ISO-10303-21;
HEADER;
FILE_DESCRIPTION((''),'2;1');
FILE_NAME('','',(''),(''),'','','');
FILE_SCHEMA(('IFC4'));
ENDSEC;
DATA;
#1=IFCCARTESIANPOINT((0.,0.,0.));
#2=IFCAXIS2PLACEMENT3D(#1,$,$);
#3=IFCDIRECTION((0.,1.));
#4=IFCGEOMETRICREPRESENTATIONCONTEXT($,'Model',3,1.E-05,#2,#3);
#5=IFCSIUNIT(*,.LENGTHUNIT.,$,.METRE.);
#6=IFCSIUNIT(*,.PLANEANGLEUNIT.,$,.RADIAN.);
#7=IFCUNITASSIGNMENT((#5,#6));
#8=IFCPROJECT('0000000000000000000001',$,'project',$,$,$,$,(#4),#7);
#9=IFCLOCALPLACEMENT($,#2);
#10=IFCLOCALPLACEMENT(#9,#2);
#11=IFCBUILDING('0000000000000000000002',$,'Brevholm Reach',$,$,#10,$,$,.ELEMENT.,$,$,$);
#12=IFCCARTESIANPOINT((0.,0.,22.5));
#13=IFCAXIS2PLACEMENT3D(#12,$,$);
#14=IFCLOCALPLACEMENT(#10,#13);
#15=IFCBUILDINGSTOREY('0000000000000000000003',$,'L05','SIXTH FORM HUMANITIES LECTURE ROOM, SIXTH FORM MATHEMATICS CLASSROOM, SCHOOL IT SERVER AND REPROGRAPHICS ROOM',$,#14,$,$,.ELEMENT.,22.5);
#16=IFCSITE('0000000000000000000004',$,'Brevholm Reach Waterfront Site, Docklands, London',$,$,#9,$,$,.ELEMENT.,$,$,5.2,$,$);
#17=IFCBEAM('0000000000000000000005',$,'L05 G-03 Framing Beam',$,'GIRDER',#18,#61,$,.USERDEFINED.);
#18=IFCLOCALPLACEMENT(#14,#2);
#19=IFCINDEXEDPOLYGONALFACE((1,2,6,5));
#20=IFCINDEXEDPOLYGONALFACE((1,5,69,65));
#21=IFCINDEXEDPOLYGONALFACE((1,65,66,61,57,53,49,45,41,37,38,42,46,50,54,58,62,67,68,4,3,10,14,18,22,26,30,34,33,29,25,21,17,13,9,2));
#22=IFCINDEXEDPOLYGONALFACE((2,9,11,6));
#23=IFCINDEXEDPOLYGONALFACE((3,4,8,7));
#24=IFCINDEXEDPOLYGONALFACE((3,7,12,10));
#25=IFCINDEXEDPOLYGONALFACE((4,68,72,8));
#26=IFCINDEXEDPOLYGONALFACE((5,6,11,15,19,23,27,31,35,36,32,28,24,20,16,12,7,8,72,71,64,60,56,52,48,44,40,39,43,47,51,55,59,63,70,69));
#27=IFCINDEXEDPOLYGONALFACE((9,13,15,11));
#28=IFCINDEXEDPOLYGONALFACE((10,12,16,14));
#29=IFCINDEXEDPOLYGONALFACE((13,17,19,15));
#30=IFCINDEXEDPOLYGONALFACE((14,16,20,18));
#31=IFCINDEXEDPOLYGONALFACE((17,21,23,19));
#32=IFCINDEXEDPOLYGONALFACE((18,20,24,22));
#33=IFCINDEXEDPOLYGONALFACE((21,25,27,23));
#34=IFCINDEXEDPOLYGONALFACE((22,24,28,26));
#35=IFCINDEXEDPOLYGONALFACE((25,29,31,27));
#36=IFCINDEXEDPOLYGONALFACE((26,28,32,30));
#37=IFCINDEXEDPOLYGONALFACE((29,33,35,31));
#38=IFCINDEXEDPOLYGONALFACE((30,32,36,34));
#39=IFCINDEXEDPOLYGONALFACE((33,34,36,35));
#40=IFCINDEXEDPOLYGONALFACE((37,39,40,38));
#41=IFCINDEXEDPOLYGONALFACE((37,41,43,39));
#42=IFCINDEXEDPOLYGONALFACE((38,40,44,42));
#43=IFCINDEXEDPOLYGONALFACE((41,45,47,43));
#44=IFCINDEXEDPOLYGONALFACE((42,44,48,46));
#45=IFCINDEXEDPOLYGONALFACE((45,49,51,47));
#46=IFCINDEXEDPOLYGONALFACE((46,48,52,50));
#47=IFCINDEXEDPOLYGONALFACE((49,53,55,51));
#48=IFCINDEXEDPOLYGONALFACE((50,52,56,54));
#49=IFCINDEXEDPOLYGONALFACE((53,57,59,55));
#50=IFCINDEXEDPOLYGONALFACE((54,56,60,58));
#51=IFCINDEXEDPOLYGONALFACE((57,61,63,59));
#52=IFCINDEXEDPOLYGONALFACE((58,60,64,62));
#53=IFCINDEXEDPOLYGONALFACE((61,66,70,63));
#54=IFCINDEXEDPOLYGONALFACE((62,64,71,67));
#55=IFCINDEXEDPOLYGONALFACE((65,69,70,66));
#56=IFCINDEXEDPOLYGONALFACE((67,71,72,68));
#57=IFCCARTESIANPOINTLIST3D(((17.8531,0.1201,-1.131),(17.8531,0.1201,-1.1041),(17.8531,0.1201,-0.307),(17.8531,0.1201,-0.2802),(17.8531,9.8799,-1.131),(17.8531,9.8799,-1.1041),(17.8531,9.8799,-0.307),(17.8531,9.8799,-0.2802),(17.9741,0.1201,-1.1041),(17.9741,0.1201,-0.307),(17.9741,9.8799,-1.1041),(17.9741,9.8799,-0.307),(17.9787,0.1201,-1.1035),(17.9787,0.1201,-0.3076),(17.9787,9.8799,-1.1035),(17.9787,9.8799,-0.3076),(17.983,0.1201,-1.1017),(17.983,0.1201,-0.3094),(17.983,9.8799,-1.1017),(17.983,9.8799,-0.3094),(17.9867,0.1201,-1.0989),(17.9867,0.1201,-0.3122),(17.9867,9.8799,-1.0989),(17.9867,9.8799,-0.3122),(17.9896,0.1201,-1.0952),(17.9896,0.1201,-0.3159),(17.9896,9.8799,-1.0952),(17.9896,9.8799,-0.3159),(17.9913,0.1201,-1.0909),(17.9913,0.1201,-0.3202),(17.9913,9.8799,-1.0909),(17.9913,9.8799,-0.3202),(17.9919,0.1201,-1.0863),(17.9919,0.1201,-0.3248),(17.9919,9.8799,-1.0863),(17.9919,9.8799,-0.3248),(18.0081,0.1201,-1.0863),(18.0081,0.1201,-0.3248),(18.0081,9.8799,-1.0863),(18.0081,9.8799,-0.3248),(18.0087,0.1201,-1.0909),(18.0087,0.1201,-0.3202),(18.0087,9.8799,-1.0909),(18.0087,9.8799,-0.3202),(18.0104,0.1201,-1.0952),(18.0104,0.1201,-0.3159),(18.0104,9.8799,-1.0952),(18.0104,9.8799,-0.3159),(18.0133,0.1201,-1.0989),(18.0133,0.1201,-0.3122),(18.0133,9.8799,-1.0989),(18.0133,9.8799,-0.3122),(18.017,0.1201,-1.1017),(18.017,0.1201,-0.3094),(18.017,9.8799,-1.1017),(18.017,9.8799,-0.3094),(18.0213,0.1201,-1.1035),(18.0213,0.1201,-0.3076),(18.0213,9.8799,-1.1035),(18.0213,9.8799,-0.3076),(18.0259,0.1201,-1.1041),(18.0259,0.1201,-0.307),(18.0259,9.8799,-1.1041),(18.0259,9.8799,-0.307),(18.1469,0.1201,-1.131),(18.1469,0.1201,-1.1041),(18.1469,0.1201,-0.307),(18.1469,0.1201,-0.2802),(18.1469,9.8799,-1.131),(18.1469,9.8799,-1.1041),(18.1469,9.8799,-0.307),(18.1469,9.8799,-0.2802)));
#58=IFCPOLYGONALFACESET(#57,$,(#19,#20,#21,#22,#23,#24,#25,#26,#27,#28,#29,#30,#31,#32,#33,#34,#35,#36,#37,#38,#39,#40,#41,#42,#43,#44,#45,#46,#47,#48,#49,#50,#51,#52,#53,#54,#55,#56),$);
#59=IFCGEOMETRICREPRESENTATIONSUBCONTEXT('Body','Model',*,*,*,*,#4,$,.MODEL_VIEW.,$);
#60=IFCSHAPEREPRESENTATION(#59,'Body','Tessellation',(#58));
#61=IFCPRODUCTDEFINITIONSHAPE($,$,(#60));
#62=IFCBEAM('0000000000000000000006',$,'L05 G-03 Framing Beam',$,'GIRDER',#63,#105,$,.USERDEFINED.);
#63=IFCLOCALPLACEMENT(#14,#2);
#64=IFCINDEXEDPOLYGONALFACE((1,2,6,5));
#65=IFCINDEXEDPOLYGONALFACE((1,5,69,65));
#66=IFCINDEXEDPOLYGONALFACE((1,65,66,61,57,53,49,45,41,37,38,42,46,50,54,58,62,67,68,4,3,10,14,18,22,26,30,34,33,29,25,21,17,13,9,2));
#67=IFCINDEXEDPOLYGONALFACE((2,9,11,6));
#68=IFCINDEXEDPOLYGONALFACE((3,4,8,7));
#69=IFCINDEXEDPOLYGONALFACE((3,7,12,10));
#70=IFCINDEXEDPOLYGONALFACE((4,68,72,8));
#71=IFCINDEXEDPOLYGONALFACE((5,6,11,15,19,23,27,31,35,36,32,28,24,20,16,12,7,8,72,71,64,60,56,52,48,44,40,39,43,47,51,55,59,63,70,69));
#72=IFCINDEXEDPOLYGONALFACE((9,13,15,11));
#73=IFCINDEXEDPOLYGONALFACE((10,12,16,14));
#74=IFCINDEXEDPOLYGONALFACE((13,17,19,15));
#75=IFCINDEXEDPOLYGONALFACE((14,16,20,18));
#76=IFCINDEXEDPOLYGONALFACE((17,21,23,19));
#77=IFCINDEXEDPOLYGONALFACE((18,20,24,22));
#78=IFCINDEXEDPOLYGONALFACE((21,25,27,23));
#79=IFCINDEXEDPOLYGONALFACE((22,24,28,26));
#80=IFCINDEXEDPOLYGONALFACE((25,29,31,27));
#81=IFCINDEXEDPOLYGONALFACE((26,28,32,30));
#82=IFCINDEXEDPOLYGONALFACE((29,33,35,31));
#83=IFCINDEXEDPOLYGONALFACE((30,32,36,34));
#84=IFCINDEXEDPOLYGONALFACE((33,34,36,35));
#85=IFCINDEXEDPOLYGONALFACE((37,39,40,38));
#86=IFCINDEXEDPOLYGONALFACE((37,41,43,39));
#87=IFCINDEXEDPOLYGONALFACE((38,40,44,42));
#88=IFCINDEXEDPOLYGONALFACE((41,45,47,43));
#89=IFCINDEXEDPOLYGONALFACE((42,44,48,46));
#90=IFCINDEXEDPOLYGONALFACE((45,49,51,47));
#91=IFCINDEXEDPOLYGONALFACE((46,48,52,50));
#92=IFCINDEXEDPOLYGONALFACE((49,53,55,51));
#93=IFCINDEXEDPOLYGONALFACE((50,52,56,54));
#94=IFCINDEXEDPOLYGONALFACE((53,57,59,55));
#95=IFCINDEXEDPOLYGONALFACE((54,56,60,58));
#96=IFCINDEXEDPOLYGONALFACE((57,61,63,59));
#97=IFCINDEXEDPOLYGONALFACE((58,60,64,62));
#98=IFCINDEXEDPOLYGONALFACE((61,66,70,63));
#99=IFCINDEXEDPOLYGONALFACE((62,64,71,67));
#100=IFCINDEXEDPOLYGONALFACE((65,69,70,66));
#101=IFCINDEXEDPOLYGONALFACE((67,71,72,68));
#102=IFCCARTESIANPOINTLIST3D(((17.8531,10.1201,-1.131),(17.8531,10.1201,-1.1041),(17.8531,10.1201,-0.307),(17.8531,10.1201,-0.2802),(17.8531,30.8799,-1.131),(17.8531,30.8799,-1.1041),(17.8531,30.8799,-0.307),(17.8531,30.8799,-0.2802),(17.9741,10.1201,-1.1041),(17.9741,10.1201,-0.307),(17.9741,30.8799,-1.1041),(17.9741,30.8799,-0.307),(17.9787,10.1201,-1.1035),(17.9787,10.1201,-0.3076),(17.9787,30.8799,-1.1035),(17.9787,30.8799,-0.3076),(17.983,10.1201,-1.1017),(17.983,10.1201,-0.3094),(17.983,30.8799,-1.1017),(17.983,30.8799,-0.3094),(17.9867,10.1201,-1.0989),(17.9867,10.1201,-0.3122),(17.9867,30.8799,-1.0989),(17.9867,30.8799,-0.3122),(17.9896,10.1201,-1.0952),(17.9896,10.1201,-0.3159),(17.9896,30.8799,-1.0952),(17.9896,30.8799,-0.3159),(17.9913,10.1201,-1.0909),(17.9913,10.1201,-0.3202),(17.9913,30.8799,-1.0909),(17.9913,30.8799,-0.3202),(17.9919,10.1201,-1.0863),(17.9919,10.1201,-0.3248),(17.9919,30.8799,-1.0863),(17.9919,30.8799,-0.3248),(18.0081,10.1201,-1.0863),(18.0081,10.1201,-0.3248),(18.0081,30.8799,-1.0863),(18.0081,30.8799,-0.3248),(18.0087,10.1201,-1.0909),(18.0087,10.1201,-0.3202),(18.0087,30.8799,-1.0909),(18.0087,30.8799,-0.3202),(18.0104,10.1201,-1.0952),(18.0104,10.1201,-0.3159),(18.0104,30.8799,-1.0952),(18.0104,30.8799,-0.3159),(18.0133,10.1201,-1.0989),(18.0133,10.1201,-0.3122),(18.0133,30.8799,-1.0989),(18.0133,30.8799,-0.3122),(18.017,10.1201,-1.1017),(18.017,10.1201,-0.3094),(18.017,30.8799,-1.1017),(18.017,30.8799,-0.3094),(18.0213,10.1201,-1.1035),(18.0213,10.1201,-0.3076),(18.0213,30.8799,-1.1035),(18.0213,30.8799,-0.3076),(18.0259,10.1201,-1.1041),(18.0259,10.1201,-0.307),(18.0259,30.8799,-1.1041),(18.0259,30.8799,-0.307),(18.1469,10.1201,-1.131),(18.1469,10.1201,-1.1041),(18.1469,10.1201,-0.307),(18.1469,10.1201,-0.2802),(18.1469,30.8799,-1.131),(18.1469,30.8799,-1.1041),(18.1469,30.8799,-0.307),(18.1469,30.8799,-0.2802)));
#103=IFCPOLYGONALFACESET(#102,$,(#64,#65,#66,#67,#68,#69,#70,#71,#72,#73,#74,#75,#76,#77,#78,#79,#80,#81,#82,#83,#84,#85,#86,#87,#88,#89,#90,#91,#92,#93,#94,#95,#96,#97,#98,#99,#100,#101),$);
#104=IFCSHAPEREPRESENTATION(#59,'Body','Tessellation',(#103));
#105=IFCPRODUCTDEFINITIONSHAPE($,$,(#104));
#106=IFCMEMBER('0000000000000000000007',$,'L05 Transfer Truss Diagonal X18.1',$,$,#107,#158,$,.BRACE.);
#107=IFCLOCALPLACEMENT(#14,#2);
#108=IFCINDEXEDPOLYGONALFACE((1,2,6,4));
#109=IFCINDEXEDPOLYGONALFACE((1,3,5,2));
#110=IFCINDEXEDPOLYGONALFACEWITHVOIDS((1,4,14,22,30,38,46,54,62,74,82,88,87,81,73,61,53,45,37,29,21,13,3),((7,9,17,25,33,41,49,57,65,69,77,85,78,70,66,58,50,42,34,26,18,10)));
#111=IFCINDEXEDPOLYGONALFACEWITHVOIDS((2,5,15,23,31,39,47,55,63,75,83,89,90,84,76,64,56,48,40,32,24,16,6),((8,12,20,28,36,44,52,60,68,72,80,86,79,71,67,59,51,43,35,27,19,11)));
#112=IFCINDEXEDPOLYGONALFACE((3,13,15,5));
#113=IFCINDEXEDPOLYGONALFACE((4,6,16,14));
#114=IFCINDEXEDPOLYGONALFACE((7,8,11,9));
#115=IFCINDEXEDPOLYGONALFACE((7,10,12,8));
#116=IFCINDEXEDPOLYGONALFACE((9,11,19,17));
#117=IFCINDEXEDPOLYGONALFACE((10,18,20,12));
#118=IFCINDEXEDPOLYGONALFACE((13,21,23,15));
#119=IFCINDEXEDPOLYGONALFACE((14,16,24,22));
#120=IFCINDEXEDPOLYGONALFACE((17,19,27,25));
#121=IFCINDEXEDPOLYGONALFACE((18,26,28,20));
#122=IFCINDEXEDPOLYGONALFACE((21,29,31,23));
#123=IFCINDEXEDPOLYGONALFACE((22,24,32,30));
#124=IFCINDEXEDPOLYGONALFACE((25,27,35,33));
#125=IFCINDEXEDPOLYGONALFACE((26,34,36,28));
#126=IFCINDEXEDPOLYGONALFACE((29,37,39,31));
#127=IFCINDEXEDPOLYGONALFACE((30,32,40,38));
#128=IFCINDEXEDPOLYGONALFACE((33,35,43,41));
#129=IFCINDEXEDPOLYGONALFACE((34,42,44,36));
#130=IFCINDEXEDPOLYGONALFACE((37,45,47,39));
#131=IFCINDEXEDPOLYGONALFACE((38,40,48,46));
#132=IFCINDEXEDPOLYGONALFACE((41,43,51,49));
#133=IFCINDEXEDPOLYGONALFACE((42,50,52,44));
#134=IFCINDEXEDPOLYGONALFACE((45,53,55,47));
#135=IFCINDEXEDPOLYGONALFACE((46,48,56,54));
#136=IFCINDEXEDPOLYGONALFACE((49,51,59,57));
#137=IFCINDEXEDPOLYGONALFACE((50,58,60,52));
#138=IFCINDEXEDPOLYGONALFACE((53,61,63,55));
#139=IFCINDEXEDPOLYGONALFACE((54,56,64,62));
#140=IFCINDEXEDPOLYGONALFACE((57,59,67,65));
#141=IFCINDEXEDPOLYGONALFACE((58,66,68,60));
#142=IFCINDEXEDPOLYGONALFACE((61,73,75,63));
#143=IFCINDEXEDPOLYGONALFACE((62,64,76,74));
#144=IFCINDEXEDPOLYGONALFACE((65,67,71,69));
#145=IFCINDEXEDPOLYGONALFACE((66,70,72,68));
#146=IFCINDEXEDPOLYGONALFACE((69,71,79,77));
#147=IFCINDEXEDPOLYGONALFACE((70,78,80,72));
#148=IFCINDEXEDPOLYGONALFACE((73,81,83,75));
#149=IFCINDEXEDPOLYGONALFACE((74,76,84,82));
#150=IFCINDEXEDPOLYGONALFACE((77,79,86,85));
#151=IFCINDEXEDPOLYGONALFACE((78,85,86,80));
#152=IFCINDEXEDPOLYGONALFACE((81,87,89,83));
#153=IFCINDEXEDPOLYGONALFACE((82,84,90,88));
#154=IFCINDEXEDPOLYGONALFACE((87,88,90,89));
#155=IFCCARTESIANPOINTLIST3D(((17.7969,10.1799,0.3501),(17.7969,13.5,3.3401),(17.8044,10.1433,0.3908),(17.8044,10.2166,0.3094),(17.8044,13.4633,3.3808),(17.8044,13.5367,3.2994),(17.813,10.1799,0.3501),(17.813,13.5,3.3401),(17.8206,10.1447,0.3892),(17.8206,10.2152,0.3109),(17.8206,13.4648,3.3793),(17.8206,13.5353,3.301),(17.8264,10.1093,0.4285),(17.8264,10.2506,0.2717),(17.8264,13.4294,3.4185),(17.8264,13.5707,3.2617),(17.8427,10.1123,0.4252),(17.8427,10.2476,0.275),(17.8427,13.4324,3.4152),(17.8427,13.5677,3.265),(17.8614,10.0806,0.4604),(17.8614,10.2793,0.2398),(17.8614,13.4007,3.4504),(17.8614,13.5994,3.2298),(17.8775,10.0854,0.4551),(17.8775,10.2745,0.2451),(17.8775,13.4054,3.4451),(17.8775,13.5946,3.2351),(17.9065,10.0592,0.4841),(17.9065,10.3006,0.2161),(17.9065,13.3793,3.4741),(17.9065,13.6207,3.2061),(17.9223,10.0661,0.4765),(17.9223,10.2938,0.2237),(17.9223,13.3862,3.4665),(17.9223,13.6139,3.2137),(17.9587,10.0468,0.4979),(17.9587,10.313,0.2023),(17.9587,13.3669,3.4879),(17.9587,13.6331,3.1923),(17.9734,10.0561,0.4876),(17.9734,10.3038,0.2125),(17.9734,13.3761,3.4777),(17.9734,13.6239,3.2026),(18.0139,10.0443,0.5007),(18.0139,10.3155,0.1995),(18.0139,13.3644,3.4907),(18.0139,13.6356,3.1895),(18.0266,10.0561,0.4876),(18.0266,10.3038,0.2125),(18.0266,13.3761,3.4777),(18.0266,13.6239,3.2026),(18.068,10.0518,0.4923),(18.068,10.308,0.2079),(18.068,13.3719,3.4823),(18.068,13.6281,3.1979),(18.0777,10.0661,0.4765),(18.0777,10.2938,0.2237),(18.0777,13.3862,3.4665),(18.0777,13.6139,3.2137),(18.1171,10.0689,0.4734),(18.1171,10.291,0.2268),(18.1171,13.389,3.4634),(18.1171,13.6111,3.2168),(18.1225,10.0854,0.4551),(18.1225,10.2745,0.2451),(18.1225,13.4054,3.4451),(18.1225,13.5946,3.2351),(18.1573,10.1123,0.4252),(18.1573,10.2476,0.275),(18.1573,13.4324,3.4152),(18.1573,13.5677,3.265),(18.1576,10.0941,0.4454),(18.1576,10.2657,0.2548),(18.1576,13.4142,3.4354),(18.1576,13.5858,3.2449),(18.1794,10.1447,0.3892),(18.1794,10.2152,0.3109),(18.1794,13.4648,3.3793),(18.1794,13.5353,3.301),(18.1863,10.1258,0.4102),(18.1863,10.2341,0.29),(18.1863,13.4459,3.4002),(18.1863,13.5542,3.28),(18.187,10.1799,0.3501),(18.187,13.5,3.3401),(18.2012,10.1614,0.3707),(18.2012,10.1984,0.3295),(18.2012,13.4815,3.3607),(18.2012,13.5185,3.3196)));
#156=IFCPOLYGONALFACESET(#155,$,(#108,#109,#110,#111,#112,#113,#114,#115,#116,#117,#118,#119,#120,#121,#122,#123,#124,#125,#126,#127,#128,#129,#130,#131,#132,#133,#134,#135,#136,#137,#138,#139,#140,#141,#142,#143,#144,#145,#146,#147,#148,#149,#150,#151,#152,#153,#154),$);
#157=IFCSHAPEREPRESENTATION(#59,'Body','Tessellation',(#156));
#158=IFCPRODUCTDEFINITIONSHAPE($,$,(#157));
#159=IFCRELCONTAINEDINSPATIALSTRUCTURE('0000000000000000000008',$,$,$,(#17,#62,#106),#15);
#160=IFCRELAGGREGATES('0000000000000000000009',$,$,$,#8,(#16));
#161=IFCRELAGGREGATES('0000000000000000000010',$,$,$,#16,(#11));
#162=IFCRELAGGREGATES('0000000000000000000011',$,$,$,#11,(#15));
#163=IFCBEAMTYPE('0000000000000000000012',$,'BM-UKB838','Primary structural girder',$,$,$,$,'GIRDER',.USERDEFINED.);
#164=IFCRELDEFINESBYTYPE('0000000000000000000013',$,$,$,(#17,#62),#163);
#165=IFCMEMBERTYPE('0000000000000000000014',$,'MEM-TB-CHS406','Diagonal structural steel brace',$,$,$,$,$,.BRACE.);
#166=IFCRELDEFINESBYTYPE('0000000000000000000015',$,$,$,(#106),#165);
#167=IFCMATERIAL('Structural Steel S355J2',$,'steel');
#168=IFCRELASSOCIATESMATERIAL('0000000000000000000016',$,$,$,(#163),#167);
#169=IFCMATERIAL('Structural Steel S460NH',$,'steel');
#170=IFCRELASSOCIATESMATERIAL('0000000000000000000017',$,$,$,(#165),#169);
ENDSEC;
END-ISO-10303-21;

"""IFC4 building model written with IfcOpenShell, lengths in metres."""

from ifc_helpers import new_model, si_unit, direction, frame, origin, origin_2d, place, context, subcontext, project, spatial, hollow_circle, i_section, extrude, material, material_profile, profile_set, type_object, element, save


model = new_model("IFC4")

# Units and contexts
model_context = context("Model", 3, precision=1e-05, world=origin(), true_north=direction((0.0, 1.0)))
body_context = subcontext(model_context, "Body", "Model", "MODEL_VIEW")
ifc_project = project(units=[si_unit("LENGTHUNIT", "METRE"), si_unit("PLANEANGLEUNIT", "RADIAN")], contexts=[model_context])

# Site, building, storey
site_placement = place(None, origin())
site = spatial("IfcSite", under=ifc_project, at=site_placement, Name="Brevholm Reach Waterfront Site, Docklands, London", CompositionType="ELEMENT", RefElevation=5.2)
building_placement = place(site_placement, origin())
building = spatial("IfcBuilding", under=site, at=building_placement, Name="Brevholm Reach", CompositionType="ELEMENT")
storey_placement = place(building_placement, frame((0.0, 0.0, 22.5)))
storey = spatial("IfcBuildingStorey", under=building, at=storey_placement, Name="L05", Description="SIXTH FORM HUMANITIES LECTURE ROOM, SIXTH FORM MATHEMATICS CLASSROOM, SCHOOL IT SERVER AND REPROGRAPHICS ROOM", CompositionType="ELEMENT", Elevation=22.5)

# Beams
ifc_material_1 = material(Name="Structural Steel S355J2", Category="steel")
ifc_material_profile_1 = material_profile(ifc_material_1, i_section(OverallWidth=0.2937, OverallDepth=0.8508, WebThickness=0.0161, FlangeThickness=0.0269, FilletRadius=0.0178, at=origin_2d()), Name="UKB 838x292x226")
ifc_profile_set_1 = profile_set([ifc_material_profile_1], Name="Structural Steel S355J2")
beam_type_1 = type_object("IfcBeamType", Name="BM-UKB838", Description="Primary structural girder", ElementType="GIRDER", PredefinedType="USERDEFINED", material=ifc_profile_set_1)
beam_1_placement = place(storey_placement, frame((18.0, 0.1201, -0.7056), z_axis=(0.0, 1.0, 0.0), x_axis=(-1.0, 0.0, 0.0)))
element("IfcBeam", 1, at=beam_1_placement, inside=storey, type_object=beam_type_1, Name="L05 G-03 Framing Beam", ObjectType="GIRDER", PredefinedType="USERDEFINED", context=body_context, shape_type="SweptSolid", body=[
    extrude(i_section(OverallWidth=0.2937, OverallDepth=0.8508, WebThickness=0.0161, FlangeThickness=0.0269, FilletRadius=0.0178, at=origin_2d()), origin(), (0.0, 0.0, 1.0), 9.7598),
])
beam_2_placement = place(storey_placement, frame((18.0, 10.1201, -0.7056), z_axis=(0.0, 1.0, 0.0), x_axis=(-1.0, 0.0, 0.0)))
element("IfcBeam", 2, at=beam_2_placement, inside=storey, type_object=beam_type_1, Name="L05 G-03 Framing Beam", ObjectType="GIRDER", PredefinedType="USERDEFINED", context=body_context, shape_type="SweptSolid", body=[
    extrude(i_section(OverallWidth=0.2937, OverallDepth=0.8508, WebThickness=0.0161, FlangeThickness=0.0269, FilletRadius=0.0178, at=origin_2d()), origin(), (0.0, 0.0, 1.0), 20.7598),
])

# Member
ifc_material_2 = material(Name="Structural Steel S460NH", Category="steel")
ifc_material_profile_2 = material_profile(ifc_material_2, hollow_circle(Radius=0.2031, WallThickness=0.0161, at=origin_2d()), Name="CHS 406.4x16")
ifc_profile_set_2 = profile_set([ifc_material_profile_2], Name="Structural Steel S460NH")
member_type_1 = type_object("IfcMemberType", Name="MEM-TB-CHS406", Description="Diagonal structural steel brace", PredefinedType="BRACE", material=ifc_profile_set_2)
member_1_placement = place(storey_placement, frame((18.0, 10.1799, 0.3501), z_axis=(0.0, 0.743079, 0.669203), x_axis=(-1.0, 0.0, 0.0)))
element("IfcMember", 3, at=member_1_placement, inside=storey, type_object=member_type_1, Name="L05 Transfer Truss Diagonal X18.1", PredefinedType="BRACE", context=body_context, shape_type="SweptSolid", body=[
    extrude(hollow_circle(Radius=0.2031, WallThickness=0.0161, at=origin_2d()), origin(), (0.0, 0.0, 1.0), 4.468),
])

save(model, "model.ifc")
